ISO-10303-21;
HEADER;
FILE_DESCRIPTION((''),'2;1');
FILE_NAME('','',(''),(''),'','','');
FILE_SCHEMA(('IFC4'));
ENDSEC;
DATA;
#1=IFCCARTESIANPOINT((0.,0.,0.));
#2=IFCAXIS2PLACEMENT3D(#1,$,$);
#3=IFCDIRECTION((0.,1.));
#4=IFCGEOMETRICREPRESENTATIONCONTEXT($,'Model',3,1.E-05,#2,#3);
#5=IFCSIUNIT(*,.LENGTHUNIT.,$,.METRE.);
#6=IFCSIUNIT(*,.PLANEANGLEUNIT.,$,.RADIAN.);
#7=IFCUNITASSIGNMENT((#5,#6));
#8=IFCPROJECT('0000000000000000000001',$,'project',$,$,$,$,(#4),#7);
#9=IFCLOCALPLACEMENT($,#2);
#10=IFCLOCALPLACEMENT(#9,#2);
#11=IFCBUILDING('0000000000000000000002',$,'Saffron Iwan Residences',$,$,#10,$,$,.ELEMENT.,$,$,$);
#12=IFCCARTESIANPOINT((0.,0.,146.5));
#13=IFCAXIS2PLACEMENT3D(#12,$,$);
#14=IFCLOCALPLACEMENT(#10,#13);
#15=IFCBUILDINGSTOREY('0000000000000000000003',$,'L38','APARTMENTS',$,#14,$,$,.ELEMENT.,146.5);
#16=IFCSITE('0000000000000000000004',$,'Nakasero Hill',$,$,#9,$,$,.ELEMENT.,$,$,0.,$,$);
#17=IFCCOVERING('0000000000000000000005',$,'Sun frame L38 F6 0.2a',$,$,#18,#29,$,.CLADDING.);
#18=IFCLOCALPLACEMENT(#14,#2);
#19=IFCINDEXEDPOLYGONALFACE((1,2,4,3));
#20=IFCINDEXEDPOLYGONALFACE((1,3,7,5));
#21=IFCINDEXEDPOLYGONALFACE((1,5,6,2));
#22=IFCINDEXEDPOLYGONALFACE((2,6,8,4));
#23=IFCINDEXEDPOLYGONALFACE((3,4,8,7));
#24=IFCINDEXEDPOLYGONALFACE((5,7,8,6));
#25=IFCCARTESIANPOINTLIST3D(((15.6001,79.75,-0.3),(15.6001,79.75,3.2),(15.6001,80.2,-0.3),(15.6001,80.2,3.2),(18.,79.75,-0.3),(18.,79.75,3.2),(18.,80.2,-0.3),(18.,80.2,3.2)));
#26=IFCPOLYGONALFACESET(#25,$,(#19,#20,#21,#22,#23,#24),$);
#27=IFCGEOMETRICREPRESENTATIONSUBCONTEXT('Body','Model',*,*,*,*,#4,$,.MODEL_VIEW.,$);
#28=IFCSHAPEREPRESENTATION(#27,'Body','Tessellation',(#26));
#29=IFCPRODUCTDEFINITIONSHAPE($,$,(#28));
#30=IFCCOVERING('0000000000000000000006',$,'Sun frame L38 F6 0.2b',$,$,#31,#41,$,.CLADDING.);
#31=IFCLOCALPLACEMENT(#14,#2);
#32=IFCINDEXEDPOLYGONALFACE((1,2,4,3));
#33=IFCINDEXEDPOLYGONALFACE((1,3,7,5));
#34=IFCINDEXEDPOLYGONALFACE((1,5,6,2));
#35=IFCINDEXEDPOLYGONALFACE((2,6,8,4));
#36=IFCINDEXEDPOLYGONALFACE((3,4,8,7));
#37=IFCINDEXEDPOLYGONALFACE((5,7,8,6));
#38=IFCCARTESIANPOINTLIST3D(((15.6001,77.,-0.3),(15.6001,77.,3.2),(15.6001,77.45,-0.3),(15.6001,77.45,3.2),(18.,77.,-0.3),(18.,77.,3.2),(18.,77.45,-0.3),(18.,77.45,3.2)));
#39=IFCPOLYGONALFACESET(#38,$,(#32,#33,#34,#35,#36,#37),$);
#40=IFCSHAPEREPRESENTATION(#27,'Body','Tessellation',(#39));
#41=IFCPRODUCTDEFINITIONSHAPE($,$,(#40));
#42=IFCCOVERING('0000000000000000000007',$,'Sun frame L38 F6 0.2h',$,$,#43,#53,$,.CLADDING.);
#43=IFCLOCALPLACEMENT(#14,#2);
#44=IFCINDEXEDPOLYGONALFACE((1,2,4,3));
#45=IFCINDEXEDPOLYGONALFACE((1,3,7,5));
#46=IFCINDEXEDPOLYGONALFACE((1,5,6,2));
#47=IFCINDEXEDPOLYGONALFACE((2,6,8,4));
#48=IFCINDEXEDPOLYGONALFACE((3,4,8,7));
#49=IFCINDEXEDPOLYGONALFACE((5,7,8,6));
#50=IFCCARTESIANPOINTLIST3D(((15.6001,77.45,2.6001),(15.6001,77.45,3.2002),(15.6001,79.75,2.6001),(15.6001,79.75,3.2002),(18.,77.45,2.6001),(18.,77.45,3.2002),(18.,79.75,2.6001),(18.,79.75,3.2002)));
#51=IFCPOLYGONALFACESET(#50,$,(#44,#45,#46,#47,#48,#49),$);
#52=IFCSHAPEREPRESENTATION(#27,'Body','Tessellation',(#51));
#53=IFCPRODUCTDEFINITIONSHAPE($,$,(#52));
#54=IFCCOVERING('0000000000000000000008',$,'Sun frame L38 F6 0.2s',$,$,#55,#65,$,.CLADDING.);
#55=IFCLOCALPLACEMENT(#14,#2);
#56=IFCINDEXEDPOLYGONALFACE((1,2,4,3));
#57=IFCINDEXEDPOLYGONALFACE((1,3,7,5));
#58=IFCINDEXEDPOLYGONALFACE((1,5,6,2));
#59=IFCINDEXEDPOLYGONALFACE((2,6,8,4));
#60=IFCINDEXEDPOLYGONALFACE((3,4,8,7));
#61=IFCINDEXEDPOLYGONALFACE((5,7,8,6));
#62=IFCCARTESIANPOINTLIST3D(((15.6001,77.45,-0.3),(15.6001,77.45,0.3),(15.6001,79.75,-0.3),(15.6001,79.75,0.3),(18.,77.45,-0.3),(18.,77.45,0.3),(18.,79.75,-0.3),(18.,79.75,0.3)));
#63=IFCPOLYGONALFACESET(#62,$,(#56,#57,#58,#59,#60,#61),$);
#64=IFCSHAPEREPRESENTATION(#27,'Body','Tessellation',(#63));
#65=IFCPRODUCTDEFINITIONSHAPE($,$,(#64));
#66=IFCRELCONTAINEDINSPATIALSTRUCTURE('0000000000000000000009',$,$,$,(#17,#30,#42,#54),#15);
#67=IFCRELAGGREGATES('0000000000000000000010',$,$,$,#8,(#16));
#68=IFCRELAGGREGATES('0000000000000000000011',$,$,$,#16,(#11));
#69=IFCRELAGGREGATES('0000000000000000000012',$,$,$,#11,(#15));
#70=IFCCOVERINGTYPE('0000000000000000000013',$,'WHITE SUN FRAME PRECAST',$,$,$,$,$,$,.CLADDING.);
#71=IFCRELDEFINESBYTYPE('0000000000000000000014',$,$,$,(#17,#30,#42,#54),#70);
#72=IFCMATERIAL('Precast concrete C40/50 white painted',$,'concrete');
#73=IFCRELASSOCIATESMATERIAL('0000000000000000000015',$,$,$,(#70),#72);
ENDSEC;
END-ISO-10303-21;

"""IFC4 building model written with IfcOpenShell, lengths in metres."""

from ifc_helpers import new_model, si_unit, direction, frame, origin, place, context, subcontext, project, spatial, polyline, outline, extrude, material, type_object, element, save


model = new_model("IFC4")

# Units and contexts
model_context = context("Model", 3, precision=1e-05, world=origin(), true_north=direction((0.0, 1.0)))
body_context = subcontext(model_context, "Body", "Model", "MODEL_VIEW")
ifc_project = project(units=[si_unit("LENGTHUNIT", "METRE"), si_unit("PLANEANGLEUNIT", "RADIAN")], contexts=[model_context])

# Site, building, storey
site_placement = place(None, origin())
site = spatial("IfcSite", under=ifc_project, at=site_placement, Name="Nakasero Hill", CompositionType="ELEMENT", RefElevation=0.0)
building_placement = place(site_placement, origin())
building = spatial("IfcBuilding", under=site, at=building_placement, Name="Saffron Iwan Residences", CompositionType="ELEMENT")
storey_placement = place(building_placement, frame((0.0, 0.0, 146.5)))
storey = spatial("IfcBuildingStorey", under=building, at=storey_placement, Name="L38", Description="APARTMENTS", CompositionType="ELEMENT", Elevation=146.5)

# Coverings
ifc_material_1 = material(Name="Precast concrete C40/50 white painted", Category="concrete")
covering_type_1 = type_object("IfcCoveringType", Name="WHITE SUN FRAME PRECAST", PredefinedType="CLADDING", material=ifc_material_1)
for number, where, z_axis, x_axis, name in (
    (1, (18.0, 80.2, -0.3), (-1.0, 0.0, 0.0), (0.0, -1.0, 0.0), "Sun frame L38 F6 0.2a"),
    (2, (18.0, 77.45, -0.3), (-1.0, 0.0, 0.0), (0.0, -1.0, 0.0), "Sun frame L38 F6 0.2b"),
):
    element("IfcCovering", number, at=place(storey_placement, frame(where, z_axis=z_axis, x_axis=x_axis)), inside=storey, type_object=covering_type_1, Name=name, PredefinedType="CLADDING", context=body_context, shape_type="SweptSolid", body=[
        extrude(outline(polyline([(0.0, 0.0), (0.45, 0.0), (0.45, 3.5), (0.0, 3.5), (0.0, 0.0)])), origin(), (0.0, 0.0, 1.0), 2.3999),
    ])
for number, where, z_axis, x_axis, name in (
    (3, (18.0, 79.75, 2.6001), (-1.0, 0.0, 0.0), (0.0, -1.0, 0.0), "Sun frame L38 F6 0.2h"),
    (4, (18.0, 79.75, -0.3), (-1.0, 0.0, 0.0), (0.0, -1.0, 0.0), "Sun frame L38 F6 0.2s"),
):
    element("IfcCovering", number, at=place(storey_placement, frame(where, z_axis=z_axis, x_axis=x_axis)), inside=storey, type_object=covering_type_1, Name=name, PredefinedType="CLADDING", context=body_context, shape_type="SweptSolid", body=[
        extrude(outline(polyline([(0.0, 0.0), (2.3, 0.0), (2.3, 0.6001), (0.0, 0.6001), (0.0, 0.0)])), origin(), (0.0, 0.0, 1.0), 2.3999),
    ])

save(model, "model.ifc")
